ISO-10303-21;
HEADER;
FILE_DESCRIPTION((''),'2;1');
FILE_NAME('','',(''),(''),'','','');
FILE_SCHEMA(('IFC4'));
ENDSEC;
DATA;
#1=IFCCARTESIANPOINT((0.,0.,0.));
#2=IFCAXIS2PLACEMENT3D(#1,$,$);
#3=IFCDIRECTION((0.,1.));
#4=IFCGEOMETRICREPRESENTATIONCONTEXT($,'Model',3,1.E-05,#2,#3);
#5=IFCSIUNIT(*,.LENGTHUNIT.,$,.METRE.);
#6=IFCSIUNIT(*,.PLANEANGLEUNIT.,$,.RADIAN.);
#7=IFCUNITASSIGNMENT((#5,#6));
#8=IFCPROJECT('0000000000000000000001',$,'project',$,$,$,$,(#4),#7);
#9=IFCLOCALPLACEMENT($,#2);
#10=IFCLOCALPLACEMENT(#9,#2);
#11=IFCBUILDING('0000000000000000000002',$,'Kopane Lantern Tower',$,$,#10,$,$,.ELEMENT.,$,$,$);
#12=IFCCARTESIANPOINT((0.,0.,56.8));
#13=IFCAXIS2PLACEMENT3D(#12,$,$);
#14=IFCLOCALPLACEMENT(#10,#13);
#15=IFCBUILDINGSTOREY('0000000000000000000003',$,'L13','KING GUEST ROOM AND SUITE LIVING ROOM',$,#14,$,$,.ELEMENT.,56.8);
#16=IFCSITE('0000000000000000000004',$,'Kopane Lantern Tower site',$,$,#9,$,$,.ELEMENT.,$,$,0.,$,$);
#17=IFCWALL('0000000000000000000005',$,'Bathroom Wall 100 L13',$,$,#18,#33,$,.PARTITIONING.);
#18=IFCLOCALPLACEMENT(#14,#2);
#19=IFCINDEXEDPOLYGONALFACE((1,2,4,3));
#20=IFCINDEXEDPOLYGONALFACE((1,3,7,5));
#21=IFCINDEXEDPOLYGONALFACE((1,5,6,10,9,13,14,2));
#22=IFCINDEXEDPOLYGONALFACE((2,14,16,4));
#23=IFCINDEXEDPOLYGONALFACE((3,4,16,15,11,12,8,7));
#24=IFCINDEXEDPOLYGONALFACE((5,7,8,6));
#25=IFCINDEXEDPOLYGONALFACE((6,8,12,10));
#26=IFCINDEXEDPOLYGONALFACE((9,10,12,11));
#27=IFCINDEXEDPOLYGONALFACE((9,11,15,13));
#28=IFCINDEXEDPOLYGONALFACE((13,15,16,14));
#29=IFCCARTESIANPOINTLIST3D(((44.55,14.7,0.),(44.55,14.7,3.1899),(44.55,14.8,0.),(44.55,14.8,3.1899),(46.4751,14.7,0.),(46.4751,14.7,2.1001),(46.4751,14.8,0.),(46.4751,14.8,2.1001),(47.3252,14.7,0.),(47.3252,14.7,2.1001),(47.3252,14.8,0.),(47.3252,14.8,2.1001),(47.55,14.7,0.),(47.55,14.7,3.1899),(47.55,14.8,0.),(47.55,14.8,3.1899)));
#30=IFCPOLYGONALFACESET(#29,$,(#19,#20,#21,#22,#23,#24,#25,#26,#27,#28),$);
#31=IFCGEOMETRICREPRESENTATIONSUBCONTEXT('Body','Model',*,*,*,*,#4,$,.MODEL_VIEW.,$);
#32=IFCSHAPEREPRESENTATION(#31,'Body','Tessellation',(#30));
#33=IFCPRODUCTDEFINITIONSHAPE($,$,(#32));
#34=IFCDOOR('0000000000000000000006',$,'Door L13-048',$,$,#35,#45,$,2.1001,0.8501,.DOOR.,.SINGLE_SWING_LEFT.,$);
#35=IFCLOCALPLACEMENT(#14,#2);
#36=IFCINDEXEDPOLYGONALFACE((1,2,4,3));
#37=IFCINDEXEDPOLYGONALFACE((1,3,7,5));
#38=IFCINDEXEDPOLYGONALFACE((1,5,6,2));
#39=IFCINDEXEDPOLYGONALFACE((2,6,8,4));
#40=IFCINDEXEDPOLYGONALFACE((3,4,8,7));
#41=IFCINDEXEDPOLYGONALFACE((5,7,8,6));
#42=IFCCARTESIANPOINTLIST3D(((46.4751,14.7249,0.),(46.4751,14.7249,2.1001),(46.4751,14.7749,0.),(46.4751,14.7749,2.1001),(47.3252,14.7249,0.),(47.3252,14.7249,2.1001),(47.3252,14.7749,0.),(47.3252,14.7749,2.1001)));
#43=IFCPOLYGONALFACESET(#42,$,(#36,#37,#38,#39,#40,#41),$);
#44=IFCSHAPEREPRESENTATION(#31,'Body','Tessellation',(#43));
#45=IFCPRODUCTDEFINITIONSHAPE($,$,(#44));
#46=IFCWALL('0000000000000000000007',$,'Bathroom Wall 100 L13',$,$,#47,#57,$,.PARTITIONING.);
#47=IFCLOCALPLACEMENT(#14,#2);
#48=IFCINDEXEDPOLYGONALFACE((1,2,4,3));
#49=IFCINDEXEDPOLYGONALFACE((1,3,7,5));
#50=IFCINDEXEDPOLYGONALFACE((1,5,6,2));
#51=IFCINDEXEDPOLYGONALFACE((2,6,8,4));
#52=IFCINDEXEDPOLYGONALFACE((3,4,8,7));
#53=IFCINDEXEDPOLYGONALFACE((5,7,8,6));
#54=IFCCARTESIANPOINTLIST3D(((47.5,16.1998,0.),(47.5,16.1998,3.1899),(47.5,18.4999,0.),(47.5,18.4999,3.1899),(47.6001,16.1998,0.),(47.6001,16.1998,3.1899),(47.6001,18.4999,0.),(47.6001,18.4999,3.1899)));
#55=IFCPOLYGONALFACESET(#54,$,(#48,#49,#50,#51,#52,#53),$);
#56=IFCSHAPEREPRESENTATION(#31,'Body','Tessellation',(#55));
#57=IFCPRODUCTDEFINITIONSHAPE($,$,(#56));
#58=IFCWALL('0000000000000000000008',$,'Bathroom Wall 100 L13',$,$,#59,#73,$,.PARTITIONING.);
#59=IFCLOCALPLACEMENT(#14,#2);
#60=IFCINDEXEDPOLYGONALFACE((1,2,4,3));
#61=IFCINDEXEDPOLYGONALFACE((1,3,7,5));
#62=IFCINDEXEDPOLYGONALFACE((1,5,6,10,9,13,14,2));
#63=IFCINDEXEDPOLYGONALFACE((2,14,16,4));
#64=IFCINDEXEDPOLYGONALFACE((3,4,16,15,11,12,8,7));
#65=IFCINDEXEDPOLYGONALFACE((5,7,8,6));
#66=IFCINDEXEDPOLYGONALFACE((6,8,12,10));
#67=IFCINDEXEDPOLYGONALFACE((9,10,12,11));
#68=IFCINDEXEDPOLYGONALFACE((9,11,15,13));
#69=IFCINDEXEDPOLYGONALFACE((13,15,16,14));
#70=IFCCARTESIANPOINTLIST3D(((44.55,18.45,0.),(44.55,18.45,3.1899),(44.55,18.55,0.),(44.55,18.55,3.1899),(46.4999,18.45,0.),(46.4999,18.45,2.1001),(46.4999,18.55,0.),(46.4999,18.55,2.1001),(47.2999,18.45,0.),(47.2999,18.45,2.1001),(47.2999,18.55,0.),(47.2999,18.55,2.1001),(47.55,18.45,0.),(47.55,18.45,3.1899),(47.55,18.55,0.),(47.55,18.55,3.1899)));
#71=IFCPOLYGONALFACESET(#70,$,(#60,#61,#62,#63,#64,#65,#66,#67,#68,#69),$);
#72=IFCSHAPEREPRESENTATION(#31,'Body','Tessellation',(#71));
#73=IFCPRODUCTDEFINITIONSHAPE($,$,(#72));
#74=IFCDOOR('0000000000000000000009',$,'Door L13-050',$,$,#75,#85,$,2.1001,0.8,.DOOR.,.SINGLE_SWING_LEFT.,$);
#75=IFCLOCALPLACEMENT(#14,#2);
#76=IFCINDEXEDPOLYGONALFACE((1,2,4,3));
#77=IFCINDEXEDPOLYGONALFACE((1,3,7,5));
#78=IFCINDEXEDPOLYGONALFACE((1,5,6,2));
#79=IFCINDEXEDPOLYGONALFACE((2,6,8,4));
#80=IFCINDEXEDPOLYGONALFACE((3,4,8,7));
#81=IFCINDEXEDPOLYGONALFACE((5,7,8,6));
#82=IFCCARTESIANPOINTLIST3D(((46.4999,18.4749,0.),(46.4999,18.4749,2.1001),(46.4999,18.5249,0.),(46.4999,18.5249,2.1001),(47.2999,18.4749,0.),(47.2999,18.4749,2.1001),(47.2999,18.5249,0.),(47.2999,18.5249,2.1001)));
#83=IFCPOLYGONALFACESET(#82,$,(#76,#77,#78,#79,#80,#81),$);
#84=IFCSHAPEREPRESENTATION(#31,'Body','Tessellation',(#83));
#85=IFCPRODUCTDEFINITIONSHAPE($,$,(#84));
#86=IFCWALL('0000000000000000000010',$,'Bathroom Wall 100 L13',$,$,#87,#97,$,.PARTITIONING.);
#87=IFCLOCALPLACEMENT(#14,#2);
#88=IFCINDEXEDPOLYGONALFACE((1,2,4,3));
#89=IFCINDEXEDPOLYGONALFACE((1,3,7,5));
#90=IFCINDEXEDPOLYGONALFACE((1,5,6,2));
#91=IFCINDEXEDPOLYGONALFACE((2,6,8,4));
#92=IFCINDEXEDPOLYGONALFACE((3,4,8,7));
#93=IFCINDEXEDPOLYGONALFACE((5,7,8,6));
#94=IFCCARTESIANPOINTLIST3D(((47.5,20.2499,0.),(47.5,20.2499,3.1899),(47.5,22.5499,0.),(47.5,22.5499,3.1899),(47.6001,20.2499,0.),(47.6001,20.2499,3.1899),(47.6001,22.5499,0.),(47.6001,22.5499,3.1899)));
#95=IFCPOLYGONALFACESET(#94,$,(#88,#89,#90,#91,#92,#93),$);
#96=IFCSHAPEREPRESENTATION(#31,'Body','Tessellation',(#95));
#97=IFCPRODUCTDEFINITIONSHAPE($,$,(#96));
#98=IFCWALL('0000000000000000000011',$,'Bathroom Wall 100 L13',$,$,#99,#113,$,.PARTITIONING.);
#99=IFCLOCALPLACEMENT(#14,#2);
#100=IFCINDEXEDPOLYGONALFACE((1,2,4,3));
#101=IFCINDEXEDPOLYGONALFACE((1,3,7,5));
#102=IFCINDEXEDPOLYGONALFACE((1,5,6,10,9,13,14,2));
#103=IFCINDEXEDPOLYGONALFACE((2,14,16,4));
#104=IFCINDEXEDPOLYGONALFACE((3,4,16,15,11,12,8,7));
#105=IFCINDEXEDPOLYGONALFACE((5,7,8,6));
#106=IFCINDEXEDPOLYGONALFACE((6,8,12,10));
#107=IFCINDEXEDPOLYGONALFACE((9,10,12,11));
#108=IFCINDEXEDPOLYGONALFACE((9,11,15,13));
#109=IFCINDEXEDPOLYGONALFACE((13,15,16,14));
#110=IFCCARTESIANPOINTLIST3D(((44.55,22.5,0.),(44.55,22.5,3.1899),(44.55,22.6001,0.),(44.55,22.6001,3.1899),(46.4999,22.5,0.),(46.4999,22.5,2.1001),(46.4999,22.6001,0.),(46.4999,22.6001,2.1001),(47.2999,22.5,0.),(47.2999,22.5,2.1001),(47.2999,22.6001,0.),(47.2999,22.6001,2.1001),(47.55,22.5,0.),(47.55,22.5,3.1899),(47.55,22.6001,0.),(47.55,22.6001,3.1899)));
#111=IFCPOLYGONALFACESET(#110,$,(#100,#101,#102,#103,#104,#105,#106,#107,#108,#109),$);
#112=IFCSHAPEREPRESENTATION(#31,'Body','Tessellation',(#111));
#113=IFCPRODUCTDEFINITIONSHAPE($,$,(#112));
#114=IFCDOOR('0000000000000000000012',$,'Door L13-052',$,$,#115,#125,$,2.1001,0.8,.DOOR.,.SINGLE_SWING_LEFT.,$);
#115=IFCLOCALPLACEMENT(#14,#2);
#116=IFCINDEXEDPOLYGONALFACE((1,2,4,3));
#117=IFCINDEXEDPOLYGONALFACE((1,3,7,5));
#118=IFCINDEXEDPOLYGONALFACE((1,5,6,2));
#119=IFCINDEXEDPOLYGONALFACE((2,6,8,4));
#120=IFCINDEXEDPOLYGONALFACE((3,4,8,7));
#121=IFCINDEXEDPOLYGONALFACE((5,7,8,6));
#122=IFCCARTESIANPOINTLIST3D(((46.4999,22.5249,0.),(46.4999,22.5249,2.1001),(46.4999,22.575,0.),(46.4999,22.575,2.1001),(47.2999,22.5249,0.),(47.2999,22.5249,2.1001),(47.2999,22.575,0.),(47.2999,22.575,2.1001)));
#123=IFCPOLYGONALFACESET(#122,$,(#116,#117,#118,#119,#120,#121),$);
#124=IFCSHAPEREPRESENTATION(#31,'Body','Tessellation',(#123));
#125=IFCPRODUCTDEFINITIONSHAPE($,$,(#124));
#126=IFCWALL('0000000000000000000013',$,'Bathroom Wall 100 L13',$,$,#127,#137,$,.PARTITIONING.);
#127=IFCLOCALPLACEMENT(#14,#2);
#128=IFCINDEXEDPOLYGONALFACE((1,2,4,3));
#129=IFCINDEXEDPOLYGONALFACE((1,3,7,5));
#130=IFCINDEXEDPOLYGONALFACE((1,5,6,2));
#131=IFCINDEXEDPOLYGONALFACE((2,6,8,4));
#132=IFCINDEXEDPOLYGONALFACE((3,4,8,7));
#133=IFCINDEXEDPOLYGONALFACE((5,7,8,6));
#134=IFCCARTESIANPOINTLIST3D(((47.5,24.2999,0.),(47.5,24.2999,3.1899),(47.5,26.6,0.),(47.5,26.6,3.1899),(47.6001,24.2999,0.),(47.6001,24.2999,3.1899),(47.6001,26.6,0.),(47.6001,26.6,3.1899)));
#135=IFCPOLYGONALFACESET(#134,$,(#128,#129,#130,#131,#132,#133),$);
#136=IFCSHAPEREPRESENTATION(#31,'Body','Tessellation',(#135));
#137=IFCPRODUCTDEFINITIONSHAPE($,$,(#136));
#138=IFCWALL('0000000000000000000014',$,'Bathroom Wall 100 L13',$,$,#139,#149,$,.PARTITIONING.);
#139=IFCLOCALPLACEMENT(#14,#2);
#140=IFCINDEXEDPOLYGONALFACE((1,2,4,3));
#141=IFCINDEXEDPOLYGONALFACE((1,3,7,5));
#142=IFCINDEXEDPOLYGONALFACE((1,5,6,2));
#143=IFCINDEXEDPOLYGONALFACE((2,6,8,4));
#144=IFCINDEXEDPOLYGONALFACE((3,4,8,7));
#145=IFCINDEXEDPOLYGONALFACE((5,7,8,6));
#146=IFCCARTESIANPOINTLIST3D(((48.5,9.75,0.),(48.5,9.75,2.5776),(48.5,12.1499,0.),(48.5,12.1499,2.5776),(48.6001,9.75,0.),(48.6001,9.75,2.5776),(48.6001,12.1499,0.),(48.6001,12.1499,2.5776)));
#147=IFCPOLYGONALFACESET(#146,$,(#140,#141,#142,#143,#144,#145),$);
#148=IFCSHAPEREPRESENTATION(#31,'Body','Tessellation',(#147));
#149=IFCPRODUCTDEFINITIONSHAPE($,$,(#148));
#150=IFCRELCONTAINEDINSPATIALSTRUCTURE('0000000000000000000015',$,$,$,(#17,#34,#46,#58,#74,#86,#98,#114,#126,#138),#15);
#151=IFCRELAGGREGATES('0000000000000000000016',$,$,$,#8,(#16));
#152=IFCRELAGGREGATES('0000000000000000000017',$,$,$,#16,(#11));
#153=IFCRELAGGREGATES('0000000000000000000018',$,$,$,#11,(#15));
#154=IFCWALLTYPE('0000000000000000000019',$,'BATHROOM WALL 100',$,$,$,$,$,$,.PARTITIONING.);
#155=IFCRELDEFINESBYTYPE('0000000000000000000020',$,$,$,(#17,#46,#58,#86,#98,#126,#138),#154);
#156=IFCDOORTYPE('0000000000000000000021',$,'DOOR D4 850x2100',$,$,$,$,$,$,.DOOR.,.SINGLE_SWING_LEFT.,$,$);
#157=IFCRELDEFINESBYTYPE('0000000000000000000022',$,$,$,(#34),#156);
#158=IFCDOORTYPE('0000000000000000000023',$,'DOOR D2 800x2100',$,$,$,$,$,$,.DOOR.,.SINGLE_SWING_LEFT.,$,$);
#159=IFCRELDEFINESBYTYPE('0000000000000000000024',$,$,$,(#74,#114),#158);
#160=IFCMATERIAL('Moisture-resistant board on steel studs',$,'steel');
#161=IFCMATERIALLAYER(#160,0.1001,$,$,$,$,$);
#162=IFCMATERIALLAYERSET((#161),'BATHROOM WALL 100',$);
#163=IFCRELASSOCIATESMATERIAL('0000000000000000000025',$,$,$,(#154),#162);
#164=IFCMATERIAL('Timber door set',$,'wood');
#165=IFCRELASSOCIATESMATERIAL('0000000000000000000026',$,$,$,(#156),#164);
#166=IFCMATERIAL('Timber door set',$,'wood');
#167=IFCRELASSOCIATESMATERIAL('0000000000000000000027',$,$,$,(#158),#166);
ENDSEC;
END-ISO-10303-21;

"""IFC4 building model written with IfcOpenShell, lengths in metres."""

from ifc_helpers import new_model, si_unit, direction, frame, frame_2d, origin, place, context, subcontext, project, spatial, rectangle, extrude, material, layer, layer_set, type_object, element, fill, save


model = new_model("IFC4")

# Units and contexts
model_context = context("Model", 3, precision=1e-05, world=origin(), true_north=direction((0.0, 1.0)))
body_context = subcontext(model_context, "Body", "Model", "MODEL_VIEW")
ifc_project = project(units=[si_unit("LENGTHUNIT", "METRE"), si_unit("PLANEANGLEUNIT", "RADIAN")], contexts=[model_context])

# Site, building, storey
site_placement = place(None, origin())
site = spatial("IfcSite", under=ifc_project, at=site_placement, Name="Kopane Lantern Tower site", CompositionType="ELEMENT", RefElevation=0.0)
building_placement = place(site_placement, origin())
building = spatial("IfcBuilding", under=site, at=building_placement, Name="Kopane Lantern Tower", CompositionType="ELEMENT")
storey_placement = place(building_placement, frame((0.0, 0.0, 56.8)))
storey = spatial("IfcBuildingStorey", under=building, at=storey_placement, Name="L13", Description="KING GUEST ROOM AND SUITE LIVING ROOM", CompositionType="ELEMENT", Elevation=56.8)

# Wall, opening, door
ifc_material_1 = material(Name="Moisture-resistant board on steel studs", Category="steel")
ifc_layer_1 = layer(ifc_material_1, 0.1001)
ifc_layer_set_1 = layer_set([ifc_layer_1], Name="BATHROOM WALL 100")
wall_type_1 = type_object("IfcWallType", Name="BATHROOM WALL 100", PredefinedType="PARTITIONING", material=ifc_layer_set_1)
wall_1_placement = place(storey_placement, frame((44.55, 14.75, 0.0), z_axis=(0.0, 0.0, 1.0), x_axis=(1.0, 0.0, 0.0)))
wall_1 = element("IfcWall", 1, at=wall_1_placement, inside=storey, type_object=wall_type_1, Name="Bathroom Wall 100 L13", PredefinedType="PARTITIONING", context=body_context, shape_type="SweptSolid", body=[
    extrude(rectangle(XDim=3.0, YDim=0.1001, at=frame_2d((1.5, 0.0))), origin(), (0.0, 0.0, 1.0), 3.1899),
])
opening_1_placement = place(wall_1_placement, frame((1.925, 0.0, 0.0)))
opening_1 = element("IfcOpeningElement", 2, at=opening_1_placement, cuts=wall_1, PredefinedType="OPENING", context=body_context, shape_type="SweptSolid", body=[
    extrude(rectangle(XDim=0.8501, YDim=2.1001, at=frame_2d((0.425, 1.05))), frame((0.0, 0.0601, 0.0), z_axis=(0.0, -1.0, 0.0), x_axis=(1.0, 0.0, 0.0)), (0.0, 0.0, 1.0), 0.1201),
])
ifc_material_2 = material(Name="Timber door set", Category="wood")
door_type_1 = type_object("IfcDoorType", Name="DOOR D4 850x2100", OperationType="SINGLE_SWING_LEFT", PredefinedType="DOOR", material=ifc_material_2)
door_1_placement = place(opening_1_placement, origin())
door_1 = element("IfcDoor", 3, at=door_1_placement, inside=storey, type_object=door_type_1, Name="Door L13-048", OperationType="SINGLE_SWING_LEFT", OverallHeight=2.1001, OverallWidth=0.8501, PredefinedType="DOOR", context=body_context, shape_type="SweptSolid", body=[
    extrude(rectangle(XDim=0.8501, YDim=2.1001, at=frame_2d((0.425, 1.05))), frame((0.0, 0.0249, 0.0), z_axis=(0.0, -1.0, 0.0), x_axis=(1.0, 0.0, 0.0)), (0.0, 0.0, 1.0), 0.05),
])
fill(opening_1, door_1)

# Wall
wall_2_placement = place(storey_placement, frame((47.55, 16.2, 0.0), z_axis=(0.0, 0.0, 1.0), x_axis=(0.0, 1.0, 0.0)))
element("IfcWall", 4, at=wall_2_placement, inside=storey, type_object=wall_type_1, Name="Bathroom Wall 100 L13", PredefinedType="PARTITIONING", context=body_context, shape_type="SweptSolid", body=[
    extrude(rectangle(XDim=2.3, YDim=0.1001, at=frame_2d((1.1499, 0.0))), origin(), (0.0, 0.0, 1.0), 3.1899),
])

# Wall, opening, door
wall_3_placement = place(storey_placement, frame((44.55, 18.5, 0.0), z_axis=(0.0, 0.0, 1.0), x_axis=(1.0, 0.0, 0.0)))
wall_3 = element("IfcWall", 5, at=wall_3_placement, inside=storey, type_object=wall_type_1, Name="Bathroom Wall 100 L13", PredefinedType="PARTITIONING", context=body_context, shape_type="SweptSolid", body=[
    extrude(rectangle(XDim=3.0, YDim=0.1001, at=frame_2d((1.5, 0.0))), origin(), (0.0, 0.0, 1.0), 3.1899),
])
opening_2_placement = place(wall_3_placement, frame((1.95, 0.0, 0.0)))
opening_2 = element("IfcOpeningElement", 6, at=opening_2_placement, cuts=wall_3, PredefinedType="OPENING", context=body_context, shape_type="SweptSolid", body=[
    extrude(rectangle(XDim=0.8, YDim=2.1001, at=frame_2d((0.3999, 1.05))), frame((0.0, 0.0601, 0.0), z_axis=(0.0, -1.0, 0.0), x_axis=(1.0, 0.0, 0.0)), (0.0, 0.0, 1.0), 0.1201),
])
ifc_material_3 = material(Name="Timber door set", Category="wood")
door_type_2 = type_object("IfcDoorType", Name="DOOR D2 800x2100", OperationType="SINGLE_SWING_LEFT", PredefinedType="DOOR", material=ifc_material_3)
door_2_placement = place(opening_2_placement, origin())
door_2 = element("IfcDoor", 7, at=door_2_placement, inside=storey, type_object=door_type_2, Name="Door L13-050", OperationType="SINGLE_SWING_LEFT", OverallHeight=2.1001, OverallWidth=0.8, PredefinedType="DOOR", context=body_context, shape_type="SweptSolid", body=[
    extrude(rectangle(XDim=0.8, YDim=2.1001, at=frame_2d((0.3999, 1.05))), frame((0.0, 0.0249, 0.0), z_axis=(0.0, -1.0, 0.0), x_axis=(1.0, 0.0, 0.0)), (0.0, 0.0, 1.0), 0.05),
])
fill(opening_2, door_2)

# Wall
wall_4_placement = place(storey_placement, frame((47.55, 20.25, 0.0), z_axis=(0.0, 0.0, 1.0), x_axis=(0.0, 1.0, 0.0)))
element("IfcWall", 8, at=wall_4_placement, inside=storey, type_object=wall_type_1, Name="Bathroom Wall 100 L13", PredefinedType="PARTITIONING", context=body_context, shape_type="SweptSolid", body=[
    extrude(rectangle(XDim=2.3, YDim=0.1001, at=frame_2d((1.1499, 0.0))), origin(), (0.0, 0.0, 1.0), 3.1899),
])

# Wall, opening, door
wall_5_placement = place(storey_placement, frame((44.55, 22.55, 0.0), z_axis=(0.0, 0.0, 1.0), x_axis=(1.0, 0.0, 0.0)))
wall_5 = element("IfcWall", 9, at=wall_5_placement, inside=storey, type_object=wall_type_1, Name="Bathroom Wall 100 L13", PredefinedType="PARTITIONING", context=body_context, shape_type="SweptSolid", body=[
    extrude(rectangle(XDim=3.0, YDim=0.1001, at=frame_2d((1.5, 0.0))), origin(), (0.0, 0.0, 1.0), 3.1899),
])
opening_3_placement = place(wall_5_placement, frame((1.95, 0.0, 0.0)))
opening_3 = element("IfcOpeningElement", 10, at=opening_3_placement, cuts=wall_5, PredefinedType="OPENING", context=body_context, shape_type="SweptSolid", body=[
    extrude(rectangle(XDim=0.8, YDim=2.1001, at=frame_2d((0.3999, 1.05))), frame((0.0, 0.0601, 0.0), z_axis=(0.0, -1.0, 0.0), x_axis=(1.0, 0.0, 0.0)), (0.0, 0.0, 1.0), 0.1201),
])
door_3_placement = place(opening_3_placement, origin())
door_3 = element("IfcDoor", 11, at=door_3_placement, inside=storey, type_object=door_type_2, Name="Door L13-052", OperationType="SINGLE_SWING_LEFT", OverallHeight=2.1001, OverallWidth=0.8, PredefinedType="DOOR", context=body_context, shape_type="SweptSolid", body=[
    extrude(rectangle(XDim=0.8, YDim=2.1001, at=frame_2d((0.3999, 1.05))), frame((0.0, 0.0249, 0.0), z_axis=(0.0, -1.0, 0.0), x_axis=(1.0, 0.0, 0.0)), (0.0, 0.0, 1.0), 0.05),
])
fill(opening_3, door_3)

# Walls
wall_6_placement = place(storey_placement, frame((47.55, 24.3, 0.0), z_axis=(0.0, 0.0, 1.0), x_axis=(0.0, 1.0, 0.0)))
element("IfcWall", 12, at=wall_6_placement, inside=storey, type_object=wall_type_1, Name="Bathroom Wall 100 L13", PredefinedType="PARTITIONING", context=body_context, shape_type="SweptSolid", body=[
    extrude(rectangle(XDim=2.3, YDim=0.1001, at=frame_2d((1.1499, 0.0))), origin(), (0.0, 0.0, 1.0), 3.1899),
])
wall_7_placement = place(storey_placement, frame((48.55, 12.1499, 0.0), z_axis=(0.0, 0.0, 1.0), x_axis=(0.0, -1.0, 0.0)))
element("IfcWall", 13, at=wall_7_placement, inside=storey, type_object=wall_type_1, Name="Bathroom Wall 100 L13", PredefinedType="PARTITIONING", context=body_context, shape_type="SweptSolid", body=[
    extrude(rectangle(XDim=2.3999, YDim=0.1001, at=frame_2d((1.2, 0.0))), origin(), (0.0, 0.0, 1.0), 2.5776),
])

save(model, "model.ifc")
